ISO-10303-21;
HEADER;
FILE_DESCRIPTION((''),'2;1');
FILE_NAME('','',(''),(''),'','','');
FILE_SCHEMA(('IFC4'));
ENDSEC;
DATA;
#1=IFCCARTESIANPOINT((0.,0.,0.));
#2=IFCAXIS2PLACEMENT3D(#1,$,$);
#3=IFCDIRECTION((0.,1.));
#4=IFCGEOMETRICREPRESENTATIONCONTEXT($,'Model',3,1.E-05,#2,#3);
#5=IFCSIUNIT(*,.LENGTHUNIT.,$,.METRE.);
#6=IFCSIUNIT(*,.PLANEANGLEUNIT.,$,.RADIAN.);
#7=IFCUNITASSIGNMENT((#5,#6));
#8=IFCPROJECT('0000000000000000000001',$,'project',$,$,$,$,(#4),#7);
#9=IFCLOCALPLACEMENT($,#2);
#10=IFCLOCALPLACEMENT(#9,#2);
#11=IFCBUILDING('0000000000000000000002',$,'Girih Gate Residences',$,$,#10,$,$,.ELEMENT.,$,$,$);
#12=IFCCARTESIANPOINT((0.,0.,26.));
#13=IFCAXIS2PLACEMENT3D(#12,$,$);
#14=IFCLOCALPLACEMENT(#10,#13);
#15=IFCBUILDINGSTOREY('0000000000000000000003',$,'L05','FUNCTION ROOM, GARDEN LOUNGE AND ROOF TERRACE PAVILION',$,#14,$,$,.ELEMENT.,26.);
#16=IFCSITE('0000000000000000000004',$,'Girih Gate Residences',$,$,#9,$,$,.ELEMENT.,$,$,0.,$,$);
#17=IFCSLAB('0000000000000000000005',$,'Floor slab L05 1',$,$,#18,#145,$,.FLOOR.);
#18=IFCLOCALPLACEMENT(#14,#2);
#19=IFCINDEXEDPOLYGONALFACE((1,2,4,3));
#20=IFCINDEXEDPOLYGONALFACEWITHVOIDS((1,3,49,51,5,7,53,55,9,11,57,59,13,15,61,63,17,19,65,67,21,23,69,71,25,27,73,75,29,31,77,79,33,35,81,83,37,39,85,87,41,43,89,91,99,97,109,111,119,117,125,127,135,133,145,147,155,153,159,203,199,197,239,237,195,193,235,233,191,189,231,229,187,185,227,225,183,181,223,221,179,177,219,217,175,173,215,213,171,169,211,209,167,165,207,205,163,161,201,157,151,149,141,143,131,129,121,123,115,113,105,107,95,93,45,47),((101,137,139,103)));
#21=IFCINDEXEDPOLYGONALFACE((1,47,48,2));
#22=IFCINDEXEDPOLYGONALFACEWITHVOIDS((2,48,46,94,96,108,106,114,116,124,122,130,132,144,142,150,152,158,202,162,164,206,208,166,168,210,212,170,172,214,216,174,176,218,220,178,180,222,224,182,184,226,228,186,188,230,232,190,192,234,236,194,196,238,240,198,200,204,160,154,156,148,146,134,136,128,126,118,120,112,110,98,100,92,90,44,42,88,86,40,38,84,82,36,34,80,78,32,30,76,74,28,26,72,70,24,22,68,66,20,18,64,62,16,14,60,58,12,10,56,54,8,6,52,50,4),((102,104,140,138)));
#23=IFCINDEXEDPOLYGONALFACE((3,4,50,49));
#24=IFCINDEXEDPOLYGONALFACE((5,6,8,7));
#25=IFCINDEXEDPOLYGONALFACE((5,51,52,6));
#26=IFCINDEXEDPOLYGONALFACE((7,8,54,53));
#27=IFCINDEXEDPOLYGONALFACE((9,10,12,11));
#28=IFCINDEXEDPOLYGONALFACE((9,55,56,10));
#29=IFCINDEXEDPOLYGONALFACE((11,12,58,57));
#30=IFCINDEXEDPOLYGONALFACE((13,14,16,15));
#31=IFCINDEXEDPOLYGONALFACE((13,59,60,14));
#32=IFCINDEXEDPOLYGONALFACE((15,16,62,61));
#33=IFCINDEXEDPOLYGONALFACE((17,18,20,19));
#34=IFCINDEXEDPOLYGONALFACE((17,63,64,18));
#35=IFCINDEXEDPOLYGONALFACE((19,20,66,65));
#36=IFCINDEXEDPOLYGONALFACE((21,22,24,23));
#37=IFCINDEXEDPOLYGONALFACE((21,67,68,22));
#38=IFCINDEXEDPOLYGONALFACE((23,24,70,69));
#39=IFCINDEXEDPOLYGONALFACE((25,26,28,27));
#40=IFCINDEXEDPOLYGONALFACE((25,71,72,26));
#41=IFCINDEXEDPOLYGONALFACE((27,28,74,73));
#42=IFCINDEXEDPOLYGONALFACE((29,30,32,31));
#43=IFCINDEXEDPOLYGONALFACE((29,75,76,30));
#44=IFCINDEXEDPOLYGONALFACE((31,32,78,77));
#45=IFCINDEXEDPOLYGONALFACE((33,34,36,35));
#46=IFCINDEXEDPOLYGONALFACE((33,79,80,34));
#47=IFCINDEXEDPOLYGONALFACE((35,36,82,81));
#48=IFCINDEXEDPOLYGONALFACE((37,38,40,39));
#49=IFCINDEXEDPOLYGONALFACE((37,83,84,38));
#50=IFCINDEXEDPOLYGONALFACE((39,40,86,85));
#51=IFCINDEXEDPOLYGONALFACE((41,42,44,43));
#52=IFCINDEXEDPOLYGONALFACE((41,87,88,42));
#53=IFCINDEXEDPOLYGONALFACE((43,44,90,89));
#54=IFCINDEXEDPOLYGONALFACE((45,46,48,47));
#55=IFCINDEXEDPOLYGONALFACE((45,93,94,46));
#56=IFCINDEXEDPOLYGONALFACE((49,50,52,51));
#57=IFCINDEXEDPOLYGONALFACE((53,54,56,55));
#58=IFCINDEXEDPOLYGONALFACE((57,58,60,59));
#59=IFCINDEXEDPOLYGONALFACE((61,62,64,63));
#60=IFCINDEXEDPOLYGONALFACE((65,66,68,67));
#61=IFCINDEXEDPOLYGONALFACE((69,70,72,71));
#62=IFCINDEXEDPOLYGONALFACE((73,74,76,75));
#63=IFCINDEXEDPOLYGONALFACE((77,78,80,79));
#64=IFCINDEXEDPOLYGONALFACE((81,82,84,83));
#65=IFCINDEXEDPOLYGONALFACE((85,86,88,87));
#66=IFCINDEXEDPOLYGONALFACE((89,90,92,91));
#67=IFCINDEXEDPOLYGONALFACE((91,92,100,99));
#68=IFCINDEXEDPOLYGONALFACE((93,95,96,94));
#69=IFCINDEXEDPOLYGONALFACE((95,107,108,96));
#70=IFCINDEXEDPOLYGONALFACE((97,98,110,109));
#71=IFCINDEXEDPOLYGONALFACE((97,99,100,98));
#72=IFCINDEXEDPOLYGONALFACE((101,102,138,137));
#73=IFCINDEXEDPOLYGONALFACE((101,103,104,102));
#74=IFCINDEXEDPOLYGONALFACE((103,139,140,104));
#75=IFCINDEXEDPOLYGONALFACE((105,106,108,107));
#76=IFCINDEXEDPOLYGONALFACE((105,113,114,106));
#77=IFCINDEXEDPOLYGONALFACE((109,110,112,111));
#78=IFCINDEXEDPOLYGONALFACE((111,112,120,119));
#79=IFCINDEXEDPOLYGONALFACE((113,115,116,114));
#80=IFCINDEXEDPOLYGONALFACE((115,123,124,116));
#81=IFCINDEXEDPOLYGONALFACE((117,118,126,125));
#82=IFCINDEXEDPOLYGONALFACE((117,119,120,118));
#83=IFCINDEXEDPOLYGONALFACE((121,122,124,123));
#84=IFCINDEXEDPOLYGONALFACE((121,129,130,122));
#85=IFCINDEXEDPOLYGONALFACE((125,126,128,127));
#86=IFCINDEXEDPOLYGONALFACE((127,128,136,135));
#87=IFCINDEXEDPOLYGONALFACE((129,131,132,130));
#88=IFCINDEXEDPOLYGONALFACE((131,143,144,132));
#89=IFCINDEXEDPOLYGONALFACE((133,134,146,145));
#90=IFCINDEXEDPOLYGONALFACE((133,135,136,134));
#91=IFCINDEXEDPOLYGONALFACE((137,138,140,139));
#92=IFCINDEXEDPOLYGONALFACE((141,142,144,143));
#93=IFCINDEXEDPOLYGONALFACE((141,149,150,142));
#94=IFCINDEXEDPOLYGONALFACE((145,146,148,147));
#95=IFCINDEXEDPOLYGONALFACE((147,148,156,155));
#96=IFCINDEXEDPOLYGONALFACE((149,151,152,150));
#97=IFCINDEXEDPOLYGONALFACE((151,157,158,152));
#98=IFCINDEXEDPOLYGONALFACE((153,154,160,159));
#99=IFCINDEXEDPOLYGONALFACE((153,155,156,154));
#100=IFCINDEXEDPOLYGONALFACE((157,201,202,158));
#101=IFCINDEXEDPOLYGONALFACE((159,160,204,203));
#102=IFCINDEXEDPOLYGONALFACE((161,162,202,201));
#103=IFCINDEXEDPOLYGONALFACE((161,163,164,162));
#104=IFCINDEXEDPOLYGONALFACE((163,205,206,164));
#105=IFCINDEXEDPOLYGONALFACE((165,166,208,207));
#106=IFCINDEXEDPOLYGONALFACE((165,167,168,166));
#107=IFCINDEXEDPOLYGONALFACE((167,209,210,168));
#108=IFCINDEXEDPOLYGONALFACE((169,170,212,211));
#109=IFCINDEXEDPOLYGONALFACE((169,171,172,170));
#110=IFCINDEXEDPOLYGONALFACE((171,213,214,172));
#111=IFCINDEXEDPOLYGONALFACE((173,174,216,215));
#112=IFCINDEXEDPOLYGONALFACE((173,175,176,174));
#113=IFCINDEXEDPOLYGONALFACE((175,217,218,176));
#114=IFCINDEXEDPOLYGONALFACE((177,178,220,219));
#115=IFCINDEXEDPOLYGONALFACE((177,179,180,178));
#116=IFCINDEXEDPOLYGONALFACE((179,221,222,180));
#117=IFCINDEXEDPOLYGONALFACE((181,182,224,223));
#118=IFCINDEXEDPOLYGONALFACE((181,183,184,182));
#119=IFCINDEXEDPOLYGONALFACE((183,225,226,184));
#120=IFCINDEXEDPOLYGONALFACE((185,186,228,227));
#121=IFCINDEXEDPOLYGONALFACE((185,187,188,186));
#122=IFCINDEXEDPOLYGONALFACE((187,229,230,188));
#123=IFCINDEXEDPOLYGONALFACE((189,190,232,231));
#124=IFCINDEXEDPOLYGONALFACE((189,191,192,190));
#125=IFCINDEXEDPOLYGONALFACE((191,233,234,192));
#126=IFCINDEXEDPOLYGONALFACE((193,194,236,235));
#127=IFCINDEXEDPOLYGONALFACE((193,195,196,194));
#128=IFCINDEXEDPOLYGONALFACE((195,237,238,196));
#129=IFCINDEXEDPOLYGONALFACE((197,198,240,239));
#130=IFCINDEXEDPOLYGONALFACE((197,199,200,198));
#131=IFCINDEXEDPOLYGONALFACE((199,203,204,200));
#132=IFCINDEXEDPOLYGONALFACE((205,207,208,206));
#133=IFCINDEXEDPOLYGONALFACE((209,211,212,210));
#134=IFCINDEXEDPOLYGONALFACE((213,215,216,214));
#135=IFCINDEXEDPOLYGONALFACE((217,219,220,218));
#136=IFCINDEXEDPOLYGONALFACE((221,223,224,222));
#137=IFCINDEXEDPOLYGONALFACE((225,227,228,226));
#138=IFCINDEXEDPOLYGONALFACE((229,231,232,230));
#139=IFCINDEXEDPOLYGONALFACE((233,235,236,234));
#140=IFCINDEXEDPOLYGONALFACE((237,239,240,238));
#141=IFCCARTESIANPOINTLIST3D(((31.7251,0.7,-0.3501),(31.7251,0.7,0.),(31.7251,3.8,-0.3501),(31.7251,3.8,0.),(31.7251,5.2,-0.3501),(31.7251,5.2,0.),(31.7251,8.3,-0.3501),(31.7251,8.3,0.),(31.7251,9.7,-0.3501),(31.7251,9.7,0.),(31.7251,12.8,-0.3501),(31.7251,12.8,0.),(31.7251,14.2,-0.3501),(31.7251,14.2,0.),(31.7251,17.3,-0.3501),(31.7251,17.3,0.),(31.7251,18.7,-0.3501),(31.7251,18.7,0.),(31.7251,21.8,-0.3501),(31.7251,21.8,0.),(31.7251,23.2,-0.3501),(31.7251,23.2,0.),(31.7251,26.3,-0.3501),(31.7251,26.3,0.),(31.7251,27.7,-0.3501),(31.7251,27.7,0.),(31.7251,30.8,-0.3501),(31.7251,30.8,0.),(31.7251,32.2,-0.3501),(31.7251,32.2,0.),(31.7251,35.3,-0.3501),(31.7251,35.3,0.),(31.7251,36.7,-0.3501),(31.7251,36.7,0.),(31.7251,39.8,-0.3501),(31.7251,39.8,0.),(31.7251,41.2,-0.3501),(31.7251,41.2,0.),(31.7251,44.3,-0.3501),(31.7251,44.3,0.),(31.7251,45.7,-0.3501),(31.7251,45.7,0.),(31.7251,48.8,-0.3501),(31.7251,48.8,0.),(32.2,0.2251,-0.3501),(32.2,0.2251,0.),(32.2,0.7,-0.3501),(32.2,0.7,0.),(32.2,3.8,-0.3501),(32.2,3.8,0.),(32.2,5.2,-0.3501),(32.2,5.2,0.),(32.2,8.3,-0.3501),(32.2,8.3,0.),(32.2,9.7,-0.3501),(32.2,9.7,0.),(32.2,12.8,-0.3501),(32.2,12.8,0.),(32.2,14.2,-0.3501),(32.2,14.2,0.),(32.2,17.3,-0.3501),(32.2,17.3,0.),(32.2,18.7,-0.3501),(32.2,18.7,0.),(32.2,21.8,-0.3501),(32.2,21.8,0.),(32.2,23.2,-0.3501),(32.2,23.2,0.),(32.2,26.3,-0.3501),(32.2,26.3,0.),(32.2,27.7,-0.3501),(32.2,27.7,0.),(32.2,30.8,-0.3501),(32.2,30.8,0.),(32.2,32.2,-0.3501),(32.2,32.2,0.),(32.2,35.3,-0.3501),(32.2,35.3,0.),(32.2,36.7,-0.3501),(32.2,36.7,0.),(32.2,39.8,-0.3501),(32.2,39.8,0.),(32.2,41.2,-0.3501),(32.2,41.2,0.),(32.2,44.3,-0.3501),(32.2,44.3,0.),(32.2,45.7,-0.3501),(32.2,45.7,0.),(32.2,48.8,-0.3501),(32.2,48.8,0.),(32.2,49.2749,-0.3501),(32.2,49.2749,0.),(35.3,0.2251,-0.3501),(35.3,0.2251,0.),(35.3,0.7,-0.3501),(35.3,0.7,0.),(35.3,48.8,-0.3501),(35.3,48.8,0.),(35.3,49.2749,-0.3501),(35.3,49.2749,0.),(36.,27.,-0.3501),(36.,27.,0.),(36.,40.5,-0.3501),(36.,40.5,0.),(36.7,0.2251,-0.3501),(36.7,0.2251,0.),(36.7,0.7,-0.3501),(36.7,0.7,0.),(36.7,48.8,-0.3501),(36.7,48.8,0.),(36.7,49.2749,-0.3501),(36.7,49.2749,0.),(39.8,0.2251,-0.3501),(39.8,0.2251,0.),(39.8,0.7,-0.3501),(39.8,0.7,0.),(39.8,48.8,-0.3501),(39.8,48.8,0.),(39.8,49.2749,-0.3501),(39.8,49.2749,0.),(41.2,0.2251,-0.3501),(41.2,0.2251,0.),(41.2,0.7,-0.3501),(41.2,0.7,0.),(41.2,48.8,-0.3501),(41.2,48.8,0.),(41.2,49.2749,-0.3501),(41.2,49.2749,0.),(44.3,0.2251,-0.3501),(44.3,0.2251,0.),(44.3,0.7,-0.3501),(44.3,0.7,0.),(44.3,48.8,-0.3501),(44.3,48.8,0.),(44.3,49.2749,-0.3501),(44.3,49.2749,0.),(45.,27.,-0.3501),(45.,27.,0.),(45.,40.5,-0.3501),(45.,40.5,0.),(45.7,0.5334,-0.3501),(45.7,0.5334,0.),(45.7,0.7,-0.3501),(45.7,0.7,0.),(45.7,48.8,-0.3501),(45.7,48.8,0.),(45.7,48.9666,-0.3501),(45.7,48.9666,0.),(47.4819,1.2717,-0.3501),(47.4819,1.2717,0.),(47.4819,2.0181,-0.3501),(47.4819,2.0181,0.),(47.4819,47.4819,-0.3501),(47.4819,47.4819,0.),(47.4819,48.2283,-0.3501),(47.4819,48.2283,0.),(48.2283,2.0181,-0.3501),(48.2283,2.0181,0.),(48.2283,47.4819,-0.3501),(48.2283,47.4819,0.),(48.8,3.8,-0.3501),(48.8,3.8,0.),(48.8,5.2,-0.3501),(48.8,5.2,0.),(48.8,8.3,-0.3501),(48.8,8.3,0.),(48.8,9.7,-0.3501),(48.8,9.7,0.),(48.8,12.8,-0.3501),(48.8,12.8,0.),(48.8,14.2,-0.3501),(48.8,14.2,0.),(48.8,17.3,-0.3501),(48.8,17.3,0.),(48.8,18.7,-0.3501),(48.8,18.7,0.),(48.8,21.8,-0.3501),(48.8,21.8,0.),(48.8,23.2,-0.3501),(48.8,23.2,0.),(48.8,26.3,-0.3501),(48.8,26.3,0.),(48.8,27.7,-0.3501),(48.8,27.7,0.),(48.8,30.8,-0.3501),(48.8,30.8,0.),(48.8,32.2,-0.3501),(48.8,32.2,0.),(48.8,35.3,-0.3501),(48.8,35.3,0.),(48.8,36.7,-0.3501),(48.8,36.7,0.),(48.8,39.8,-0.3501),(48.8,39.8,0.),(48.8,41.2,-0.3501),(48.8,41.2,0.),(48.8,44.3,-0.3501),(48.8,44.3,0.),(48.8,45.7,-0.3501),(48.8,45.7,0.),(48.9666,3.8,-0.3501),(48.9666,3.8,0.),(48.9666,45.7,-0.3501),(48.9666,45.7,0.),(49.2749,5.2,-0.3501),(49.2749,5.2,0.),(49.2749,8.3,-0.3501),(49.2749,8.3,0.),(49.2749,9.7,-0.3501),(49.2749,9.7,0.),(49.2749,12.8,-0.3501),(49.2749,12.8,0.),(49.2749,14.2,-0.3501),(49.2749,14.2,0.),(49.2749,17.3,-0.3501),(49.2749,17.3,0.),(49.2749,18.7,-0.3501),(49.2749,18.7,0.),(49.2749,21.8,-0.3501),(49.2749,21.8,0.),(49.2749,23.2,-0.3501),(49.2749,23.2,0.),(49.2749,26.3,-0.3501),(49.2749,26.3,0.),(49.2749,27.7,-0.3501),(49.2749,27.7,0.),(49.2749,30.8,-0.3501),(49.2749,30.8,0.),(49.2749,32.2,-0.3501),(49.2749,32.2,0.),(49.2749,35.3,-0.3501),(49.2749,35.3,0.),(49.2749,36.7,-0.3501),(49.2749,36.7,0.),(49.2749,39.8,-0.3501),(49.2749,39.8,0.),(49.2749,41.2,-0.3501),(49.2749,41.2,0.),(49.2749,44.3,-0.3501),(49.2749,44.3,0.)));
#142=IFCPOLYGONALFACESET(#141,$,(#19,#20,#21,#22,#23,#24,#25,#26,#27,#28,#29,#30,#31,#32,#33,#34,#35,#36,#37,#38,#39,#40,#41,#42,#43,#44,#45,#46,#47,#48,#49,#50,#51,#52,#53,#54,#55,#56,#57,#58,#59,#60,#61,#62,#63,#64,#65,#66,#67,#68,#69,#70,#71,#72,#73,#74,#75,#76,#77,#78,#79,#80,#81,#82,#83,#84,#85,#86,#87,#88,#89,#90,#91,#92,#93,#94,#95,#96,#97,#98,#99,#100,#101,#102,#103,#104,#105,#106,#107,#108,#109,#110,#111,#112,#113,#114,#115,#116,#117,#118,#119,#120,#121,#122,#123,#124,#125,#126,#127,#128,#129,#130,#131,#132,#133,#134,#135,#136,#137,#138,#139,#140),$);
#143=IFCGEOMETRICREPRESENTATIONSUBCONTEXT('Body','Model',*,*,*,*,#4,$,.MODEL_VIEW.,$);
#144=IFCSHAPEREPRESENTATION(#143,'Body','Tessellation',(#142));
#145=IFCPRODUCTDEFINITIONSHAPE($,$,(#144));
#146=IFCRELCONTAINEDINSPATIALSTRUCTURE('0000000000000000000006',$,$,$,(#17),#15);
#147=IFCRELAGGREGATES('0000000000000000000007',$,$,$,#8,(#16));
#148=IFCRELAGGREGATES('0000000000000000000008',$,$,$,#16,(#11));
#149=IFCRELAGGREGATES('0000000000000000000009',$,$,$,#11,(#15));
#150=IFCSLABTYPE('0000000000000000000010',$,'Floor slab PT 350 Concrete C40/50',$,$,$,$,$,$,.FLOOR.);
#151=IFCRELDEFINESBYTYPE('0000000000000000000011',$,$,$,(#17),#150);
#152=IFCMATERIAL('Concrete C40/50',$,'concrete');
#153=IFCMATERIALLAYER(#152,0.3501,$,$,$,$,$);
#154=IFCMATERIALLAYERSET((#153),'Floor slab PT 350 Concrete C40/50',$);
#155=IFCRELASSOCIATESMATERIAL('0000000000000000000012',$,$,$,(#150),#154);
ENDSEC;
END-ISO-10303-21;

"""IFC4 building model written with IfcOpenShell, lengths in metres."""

from ifc_helpers import new_model, si_unit, direction, frame, origin, place, context, subcontext, project, spatial, polyline, outline, extrude, material, layer, layer_set, type_object, element, save


model = new_model("IFC4")

# Units and contexts
model_context = context("Model", 3, precision=1e-05, world=origin(), true_north=direction((0.0, 1.0)))
body_context = subcontext(model_context, "Body", "Model", "MODEL_VIEW")
ifc_project = project(units=[si_unit("LENGTHUNIT", "METRE"), si_unit("PLANEANGLEUNIT", "RADIAN")], contexts=[model_context])

# Site, building, storey
site_placement = place(None, origin())
site = spatial("IfcSite", under=ifc_project, at=site_placement, Name="Girih Gate Residences", CompositionType="ELEMENT", RefElevation=0.0)
building_placement = place(site_placement, origin())
building = spatial("IfcBuilding", under=site, at=building_placement, Name="Girih Gate Residences", CompositionType="ELEMENT")
storey_placement = place(building_placement, frame((0.0, 0.0, 26.0)))
storey = spatial("IfcBuildingStorey", under=building, at=storey_placement, Name="L05", Description="FUNCTION ROOM, GARDEN LOUNGE AND ROOF TERRACE PAVILION", CompositionType="ELEMENT", Elevation=26.0)

# Slab
ifc_material_1 = material(Name="Concrete C40/50", Category="concrete")
ifc_layer_1 = layer(ifc_material_1, 0.3501)
ifc_layer_set_1 = layer_set([ifc_layer_1], Name="Floor slab PT 350 Concrete C40/50")
slab_type_1 = type_object("IfcSlabType", Name="Floor slab PT 350 Concrete C40/50", PredefinedType="FLOOR", material=ifc_layer_set_1)
slab_1_placement = place(storey_placement, frame((0.0, 0.0, -0.3501)))
element("IfcSlab", 1, at=slab_1_placement, inside=storey, type_object=slab_type_1, Name="Floor slab L05 1", PredefinedType="FLOOR", context=body_context, shape_type="SweptSolid", body=[
    extrude(outline(polyline([(35.3, 49.2749), (32.2, 49.2749), (32.2, 48.8), (31.7251, 48.8), (31.7251, 45.7), (32.2, 45.7), (32.2, 44.3), (31.7251, 44.3), (31.7251, 41.2), (32.2, 41.2), (32.2, 39.8), (31.7251, 39.8), (31.7251, 36.7), (32.2, 36.7), (32.2, 35.3), (31.7251, 35.3), (31.7251, 32.2), (32.2, 32.2), (32.2, 30.8), (31.7251, 30.8), (31.7251, 27.7), (32.2, 27.7), (32.2, 26.3), (31.7251, 26.3), (31.7251, 23.2), (32.2, 23.2), (32.2, 21.8), (31.7251, 21.8), (31.7251, 18.7), (32.2, 18.7), (32.2, 17.3), (31.7251, 17.3), (31.7251, 14.2), (32.2, 14.2), (32.2, 12.8), (31.7251, 12.8), (31.7251, 9.7), (32.2, 9.7), (32.2, 8.3), (31.7251, 8.3), (31.7251, 5.2), (32.2, 5.2), (32.2, 3.8), (31.7251, 3.8), (31.7251, 0.7), (32.2, 0.7), (32.2, 0.2251), (35.3, 0.2251), (35.3, 0.7), (36.7, 0.7), (36.7, 0.2251), (39.8, 0.2251), (39.8, 0.7), (41.2, 0.7), (41.2, 0.2251), (44.3, 0.2251), (44.3, 0.7), (45.7, 0.7), (45.7, 0.5334), (47.4819, 1.2717), (47.4819, 2.0181), (48.2283, 2.0181), (48.9666, 3.8), (48.8, 3.8), (48.8, 5.2), (49.2749, 5.2), (49.2749, 8.3), (48.8, 8.3), (48.8, 9.7), (49.2749, 9.7), (49.2749, 12.8), (48.8, 12.8), (48.8, 14.2), (49.2749, 14.2), (49.2749, 17.3), (48.8, 17.3), (48.8, 18.7), (49.2749, 18.7), (49.2749, 21.8), (48.8, 21.8), (48.8, 23.2), (49.2749, 23.2), (49.2749, 26.3), (48.8, 26.3), (48.8, 27.7), (49.2749, 27.7), (49.2749, 30.8), (48.8, 30.8), (48.8, 32.2), (49.2749, 32.2), (49.2749, 35.3), (48.8, 35.3), (48.8, 36.7), (49.2749, 36.7), (49.2749, 39.8), (48.8, 39.8), (48.8, 41.2), (49.2749, 41.2), (49.2749, 44.3), (48.8, 44.3), (48.8, 45.7), (48.9666, 45.7), (48.2283, 47.4819), (47.4819, 47.4819), (47.4819, 48.2283), (45.7, 48.9666), (45.7, 48.8), (44.3, 48.8), (44.3, 49.2749), (41.2, 49.2749), (41.2, 48.8), (39.8, 48.8), (39.8, 49.2749), (36.7, 49.2749), (36.7, 48.8), (35.3, 48.8), (35.3, 49.2749)]), holes=[polyline([(45.0, 40.5), (45.0, 27.0), (36.0, 27.0), (36.0, 40.5), (45.0, 40.5)])]), origin(), (0.0, 0.0, 1.0), 0.3501),
])

save(model, "model.ifc")
